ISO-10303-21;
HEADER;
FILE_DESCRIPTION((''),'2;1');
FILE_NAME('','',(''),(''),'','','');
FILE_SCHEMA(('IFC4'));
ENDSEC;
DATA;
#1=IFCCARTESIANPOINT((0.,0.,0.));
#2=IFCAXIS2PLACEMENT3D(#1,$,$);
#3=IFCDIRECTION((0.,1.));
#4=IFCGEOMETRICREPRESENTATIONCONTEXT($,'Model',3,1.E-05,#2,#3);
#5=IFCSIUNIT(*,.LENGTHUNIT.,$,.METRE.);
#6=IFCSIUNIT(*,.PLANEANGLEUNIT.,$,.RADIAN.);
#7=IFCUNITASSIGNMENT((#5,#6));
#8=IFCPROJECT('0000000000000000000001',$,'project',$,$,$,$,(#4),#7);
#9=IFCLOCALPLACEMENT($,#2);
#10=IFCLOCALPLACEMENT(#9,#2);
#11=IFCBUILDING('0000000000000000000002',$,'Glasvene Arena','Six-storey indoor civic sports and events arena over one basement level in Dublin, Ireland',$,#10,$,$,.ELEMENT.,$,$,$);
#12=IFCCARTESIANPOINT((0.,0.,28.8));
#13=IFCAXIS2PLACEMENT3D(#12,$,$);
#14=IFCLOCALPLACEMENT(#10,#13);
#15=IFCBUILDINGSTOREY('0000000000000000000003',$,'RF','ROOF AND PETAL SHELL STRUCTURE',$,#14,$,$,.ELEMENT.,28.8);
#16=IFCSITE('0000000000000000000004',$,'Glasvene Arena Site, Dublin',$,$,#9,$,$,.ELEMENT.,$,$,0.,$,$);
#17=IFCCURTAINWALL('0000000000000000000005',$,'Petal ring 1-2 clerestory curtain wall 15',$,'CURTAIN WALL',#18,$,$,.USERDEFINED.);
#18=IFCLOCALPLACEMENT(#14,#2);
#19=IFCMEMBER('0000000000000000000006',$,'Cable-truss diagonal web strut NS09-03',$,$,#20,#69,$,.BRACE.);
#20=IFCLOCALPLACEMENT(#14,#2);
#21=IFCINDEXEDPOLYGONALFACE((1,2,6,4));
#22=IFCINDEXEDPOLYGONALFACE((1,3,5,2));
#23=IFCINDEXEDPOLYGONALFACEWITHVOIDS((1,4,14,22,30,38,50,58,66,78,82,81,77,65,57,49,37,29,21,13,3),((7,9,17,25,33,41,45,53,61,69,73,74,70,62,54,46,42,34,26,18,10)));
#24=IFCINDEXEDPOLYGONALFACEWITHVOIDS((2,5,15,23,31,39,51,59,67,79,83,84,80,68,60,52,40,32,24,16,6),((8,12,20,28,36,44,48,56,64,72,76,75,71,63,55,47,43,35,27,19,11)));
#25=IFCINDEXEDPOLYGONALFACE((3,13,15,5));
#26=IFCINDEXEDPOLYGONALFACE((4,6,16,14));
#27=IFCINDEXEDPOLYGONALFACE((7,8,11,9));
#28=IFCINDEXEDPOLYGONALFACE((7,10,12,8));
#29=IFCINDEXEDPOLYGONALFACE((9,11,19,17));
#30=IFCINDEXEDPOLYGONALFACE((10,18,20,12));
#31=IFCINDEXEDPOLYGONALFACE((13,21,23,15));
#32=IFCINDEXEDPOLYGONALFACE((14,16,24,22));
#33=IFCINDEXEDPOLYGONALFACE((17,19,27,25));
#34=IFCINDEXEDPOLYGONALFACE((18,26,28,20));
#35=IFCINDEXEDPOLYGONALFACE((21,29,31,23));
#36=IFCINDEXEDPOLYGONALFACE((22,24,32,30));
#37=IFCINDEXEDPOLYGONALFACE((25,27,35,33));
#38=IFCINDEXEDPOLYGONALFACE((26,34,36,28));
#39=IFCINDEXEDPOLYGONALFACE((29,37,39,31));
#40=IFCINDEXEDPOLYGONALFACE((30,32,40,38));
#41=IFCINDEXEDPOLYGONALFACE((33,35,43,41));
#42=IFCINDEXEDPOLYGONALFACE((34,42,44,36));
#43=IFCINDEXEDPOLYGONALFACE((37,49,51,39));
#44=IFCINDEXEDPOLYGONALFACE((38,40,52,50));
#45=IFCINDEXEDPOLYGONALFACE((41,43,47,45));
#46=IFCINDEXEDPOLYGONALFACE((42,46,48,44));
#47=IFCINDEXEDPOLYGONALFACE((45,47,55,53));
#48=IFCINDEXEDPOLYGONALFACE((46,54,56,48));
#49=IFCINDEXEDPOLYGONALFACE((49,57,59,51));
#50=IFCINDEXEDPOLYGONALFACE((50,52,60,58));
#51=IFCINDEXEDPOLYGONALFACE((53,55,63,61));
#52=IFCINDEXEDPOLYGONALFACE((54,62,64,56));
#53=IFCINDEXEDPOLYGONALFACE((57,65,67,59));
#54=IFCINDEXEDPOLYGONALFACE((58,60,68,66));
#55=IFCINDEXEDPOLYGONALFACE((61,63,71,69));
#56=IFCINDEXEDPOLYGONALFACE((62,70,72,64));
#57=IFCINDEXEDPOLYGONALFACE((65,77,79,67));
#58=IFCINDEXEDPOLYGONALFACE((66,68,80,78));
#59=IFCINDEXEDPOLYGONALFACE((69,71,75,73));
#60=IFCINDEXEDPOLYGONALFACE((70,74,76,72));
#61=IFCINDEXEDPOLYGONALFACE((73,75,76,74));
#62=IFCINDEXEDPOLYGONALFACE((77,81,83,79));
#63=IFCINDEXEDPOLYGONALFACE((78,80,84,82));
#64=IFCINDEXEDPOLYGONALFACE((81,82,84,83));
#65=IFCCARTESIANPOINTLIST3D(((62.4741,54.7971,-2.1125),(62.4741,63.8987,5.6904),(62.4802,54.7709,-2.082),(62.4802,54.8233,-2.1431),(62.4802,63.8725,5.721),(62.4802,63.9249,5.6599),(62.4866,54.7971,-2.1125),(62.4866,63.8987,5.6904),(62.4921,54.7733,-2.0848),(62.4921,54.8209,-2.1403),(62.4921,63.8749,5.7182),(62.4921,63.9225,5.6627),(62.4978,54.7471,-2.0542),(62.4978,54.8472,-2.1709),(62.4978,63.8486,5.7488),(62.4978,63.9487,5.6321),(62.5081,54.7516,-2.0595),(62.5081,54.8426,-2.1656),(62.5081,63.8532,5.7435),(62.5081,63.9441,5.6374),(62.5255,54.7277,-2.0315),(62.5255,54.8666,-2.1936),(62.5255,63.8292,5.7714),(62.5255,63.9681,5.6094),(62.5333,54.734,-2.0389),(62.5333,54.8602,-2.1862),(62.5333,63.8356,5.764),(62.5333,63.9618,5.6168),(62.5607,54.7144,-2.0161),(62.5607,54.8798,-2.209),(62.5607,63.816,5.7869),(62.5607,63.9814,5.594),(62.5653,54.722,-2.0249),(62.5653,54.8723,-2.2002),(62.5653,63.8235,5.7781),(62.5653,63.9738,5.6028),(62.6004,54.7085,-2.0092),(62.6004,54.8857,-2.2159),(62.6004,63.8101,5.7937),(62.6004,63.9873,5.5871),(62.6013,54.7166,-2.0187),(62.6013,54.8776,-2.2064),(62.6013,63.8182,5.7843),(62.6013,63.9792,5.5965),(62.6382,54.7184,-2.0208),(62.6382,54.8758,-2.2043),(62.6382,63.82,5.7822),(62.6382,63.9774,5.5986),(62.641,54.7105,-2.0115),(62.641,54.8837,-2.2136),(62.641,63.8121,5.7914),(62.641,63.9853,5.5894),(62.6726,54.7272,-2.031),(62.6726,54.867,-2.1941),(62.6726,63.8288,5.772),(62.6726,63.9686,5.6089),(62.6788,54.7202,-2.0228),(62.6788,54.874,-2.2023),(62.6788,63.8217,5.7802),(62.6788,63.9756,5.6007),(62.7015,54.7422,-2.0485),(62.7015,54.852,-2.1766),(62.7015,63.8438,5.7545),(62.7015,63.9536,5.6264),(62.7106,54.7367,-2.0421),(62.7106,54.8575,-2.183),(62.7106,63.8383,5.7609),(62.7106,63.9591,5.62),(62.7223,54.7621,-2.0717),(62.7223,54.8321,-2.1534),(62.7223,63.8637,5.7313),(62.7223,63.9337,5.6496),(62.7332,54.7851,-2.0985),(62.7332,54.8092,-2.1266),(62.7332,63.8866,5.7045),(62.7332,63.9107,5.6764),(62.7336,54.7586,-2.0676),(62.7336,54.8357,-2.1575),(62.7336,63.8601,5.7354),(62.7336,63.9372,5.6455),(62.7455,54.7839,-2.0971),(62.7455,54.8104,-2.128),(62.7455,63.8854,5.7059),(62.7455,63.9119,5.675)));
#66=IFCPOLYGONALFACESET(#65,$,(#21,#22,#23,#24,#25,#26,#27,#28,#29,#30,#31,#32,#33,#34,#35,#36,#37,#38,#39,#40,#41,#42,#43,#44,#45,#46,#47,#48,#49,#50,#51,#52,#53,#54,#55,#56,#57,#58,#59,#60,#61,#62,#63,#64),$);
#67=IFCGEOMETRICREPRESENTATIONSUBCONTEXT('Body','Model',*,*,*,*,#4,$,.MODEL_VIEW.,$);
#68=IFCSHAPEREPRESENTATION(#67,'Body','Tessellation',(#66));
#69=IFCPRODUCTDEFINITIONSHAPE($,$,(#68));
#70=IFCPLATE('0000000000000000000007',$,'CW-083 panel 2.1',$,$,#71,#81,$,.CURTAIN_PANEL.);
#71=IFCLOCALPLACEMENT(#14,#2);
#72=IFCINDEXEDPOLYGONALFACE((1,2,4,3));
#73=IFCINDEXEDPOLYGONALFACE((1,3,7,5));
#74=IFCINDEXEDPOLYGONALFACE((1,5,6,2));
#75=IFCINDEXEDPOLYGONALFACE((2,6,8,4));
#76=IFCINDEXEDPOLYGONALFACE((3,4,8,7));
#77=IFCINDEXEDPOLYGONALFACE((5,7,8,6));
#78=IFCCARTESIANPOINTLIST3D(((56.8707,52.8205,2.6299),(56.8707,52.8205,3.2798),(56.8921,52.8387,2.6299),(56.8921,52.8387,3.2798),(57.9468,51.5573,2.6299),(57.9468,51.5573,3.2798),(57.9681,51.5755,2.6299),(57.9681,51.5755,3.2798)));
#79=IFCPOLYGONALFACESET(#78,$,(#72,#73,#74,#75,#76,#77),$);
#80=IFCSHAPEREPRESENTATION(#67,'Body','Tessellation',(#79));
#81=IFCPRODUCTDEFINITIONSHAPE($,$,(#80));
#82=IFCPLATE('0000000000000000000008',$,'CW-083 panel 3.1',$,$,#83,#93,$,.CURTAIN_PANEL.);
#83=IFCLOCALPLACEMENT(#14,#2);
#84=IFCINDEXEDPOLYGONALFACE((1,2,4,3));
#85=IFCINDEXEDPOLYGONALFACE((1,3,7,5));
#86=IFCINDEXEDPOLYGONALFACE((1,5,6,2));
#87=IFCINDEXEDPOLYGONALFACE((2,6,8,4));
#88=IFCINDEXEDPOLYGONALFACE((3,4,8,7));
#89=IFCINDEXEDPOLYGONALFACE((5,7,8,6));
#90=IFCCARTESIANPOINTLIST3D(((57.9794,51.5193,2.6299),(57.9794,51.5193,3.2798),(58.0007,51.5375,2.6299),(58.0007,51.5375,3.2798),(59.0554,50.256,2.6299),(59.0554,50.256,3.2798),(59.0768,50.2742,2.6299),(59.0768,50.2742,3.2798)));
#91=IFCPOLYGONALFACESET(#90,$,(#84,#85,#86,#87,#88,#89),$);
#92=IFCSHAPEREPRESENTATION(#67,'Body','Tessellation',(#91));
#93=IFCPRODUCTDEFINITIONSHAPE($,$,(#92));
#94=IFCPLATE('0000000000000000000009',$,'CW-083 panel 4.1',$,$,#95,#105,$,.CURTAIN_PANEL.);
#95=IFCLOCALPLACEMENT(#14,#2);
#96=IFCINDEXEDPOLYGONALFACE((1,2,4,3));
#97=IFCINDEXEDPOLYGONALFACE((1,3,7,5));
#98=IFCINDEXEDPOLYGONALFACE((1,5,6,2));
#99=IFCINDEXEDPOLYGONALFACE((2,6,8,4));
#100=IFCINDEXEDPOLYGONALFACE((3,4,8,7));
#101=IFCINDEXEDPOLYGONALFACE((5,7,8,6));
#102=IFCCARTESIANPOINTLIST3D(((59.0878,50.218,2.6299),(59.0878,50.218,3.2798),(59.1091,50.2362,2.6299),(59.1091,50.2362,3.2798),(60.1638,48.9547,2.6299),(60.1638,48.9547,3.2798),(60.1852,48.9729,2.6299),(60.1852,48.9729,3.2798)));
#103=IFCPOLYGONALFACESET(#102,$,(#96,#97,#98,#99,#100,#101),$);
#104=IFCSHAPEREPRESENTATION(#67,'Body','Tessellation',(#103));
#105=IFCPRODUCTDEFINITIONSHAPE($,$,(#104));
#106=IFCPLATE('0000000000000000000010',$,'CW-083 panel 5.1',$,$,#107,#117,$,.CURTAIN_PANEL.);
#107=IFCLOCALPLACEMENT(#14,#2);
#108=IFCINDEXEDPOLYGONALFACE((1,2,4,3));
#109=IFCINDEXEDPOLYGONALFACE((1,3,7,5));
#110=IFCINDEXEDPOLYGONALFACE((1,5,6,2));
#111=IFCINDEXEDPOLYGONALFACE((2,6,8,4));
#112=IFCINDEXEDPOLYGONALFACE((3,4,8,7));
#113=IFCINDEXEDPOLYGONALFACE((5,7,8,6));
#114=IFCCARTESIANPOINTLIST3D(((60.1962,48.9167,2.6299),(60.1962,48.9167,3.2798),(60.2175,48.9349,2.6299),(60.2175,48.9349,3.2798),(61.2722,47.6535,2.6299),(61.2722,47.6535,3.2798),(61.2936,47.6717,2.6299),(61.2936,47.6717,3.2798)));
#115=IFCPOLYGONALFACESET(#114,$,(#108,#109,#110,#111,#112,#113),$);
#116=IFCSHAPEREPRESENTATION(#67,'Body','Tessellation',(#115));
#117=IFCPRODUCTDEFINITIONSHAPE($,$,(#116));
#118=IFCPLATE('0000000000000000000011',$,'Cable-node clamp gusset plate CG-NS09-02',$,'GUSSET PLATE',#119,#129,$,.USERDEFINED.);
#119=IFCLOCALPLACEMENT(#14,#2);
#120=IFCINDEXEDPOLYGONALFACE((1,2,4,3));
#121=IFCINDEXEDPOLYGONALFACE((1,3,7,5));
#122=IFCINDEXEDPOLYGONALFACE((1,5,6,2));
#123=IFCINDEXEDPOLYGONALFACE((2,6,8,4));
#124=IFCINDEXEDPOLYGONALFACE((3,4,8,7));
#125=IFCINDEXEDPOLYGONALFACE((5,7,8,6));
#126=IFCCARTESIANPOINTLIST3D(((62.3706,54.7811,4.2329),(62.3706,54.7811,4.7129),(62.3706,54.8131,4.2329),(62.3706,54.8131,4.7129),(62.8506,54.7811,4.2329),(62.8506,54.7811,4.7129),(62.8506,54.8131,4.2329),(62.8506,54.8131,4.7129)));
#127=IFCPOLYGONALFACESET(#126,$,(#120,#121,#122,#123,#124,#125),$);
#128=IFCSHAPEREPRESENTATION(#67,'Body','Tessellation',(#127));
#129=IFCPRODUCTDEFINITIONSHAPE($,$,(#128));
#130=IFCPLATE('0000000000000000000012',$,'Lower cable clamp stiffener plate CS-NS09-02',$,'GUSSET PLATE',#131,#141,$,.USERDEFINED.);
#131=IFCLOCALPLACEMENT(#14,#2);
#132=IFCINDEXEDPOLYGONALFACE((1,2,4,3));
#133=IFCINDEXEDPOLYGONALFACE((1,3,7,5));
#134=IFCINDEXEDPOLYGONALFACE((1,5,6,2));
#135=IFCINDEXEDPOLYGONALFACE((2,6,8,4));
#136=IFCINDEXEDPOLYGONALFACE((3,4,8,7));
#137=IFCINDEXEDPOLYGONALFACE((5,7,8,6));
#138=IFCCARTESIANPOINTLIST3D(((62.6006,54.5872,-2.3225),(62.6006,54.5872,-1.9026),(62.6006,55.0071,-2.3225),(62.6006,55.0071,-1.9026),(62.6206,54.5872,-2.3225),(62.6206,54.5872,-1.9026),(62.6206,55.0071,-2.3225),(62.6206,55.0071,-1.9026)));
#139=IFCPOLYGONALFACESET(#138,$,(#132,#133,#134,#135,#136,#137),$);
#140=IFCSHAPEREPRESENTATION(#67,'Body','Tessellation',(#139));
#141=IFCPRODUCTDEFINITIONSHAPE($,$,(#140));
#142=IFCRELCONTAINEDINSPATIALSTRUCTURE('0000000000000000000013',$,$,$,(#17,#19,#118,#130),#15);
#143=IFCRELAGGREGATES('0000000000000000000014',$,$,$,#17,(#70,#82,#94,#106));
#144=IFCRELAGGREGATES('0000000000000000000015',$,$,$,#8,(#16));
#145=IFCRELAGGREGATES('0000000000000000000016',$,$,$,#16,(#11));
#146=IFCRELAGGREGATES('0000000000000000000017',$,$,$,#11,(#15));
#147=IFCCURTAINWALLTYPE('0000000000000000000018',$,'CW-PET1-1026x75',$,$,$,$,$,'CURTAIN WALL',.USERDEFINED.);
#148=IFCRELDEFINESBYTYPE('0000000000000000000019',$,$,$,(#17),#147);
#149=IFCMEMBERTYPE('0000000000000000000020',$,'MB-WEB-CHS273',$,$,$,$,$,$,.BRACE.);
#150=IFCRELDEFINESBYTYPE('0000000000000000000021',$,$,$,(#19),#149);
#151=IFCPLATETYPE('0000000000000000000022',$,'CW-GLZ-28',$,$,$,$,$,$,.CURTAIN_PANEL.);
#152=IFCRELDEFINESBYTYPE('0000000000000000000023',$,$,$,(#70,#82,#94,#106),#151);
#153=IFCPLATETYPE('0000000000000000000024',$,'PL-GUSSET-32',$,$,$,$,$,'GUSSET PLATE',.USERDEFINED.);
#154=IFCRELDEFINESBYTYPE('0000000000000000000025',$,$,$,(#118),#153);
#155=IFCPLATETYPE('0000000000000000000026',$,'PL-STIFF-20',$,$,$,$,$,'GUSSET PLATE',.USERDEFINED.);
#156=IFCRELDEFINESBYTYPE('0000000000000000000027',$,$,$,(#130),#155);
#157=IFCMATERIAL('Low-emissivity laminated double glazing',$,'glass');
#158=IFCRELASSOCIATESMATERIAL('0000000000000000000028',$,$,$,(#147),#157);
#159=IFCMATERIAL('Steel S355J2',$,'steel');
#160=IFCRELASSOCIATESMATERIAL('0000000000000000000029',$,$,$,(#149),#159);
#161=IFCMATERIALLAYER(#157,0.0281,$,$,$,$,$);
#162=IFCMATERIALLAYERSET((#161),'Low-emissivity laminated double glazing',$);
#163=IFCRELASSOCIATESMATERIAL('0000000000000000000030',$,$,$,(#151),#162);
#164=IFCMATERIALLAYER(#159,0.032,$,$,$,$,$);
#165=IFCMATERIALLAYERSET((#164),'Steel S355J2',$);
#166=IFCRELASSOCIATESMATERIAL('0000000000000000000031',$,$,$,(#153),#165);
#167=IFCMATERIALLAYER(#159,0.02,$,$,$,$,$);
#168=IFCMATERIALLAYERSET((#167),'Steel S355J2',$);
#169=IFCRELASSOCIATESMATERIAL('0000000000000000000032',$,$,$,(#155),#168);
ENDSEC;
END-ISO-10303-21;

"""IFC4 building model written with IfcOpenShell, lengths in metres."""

from ifc_helpers import new_model, si_unit, direction, frame, origin, origin_2d, place, context, subcontext, project, spatial, rectangle, hollow_circle, extrude, material, layer, layer_set, material_profile, profile_set, type_object, element, aggregate, save


model = new_model("IFC4")

# Units and contexts
model_context = context("Model", 3, precision=1e-05, world=origin(), true_north=direction((0.0, 1.0)))
body_context = subcontext(model_context, "Body", "Model", "MODEL_VIEW")
ifc_project = project(units=[si_unit("LENGTHUNIT", "METRE"), si_unit("PLANEANGLEUNIT", "RADIAN")], contexts=[model_context])

# Site, building, storey
site_placement = place(None, origin())
site = spatial("IfcSite", under=ifc_project, at=site_placement, Name="Glasvene Arena Site, Dublin", CompositionType="ELEMENT", RefElevation=0.0)
building_placement = place(site_placement, origin())
building = spatial("IfcBuilding", under=site, at=building_placement, Name="Glasvene Arena", Description="Six-storey indoor civic sports and events arena over one basement level in Dublin, Ireland", CompositionType="ELEMENT")
storey_placement = place(building_placement, frame((0.0, 0.0, 28.8)))
storey = spatial("IfcBuildingStorey", under=building, at=storey_placement, Name="RF", Description="ROOF AND PETAL SHELL STRUCTURE", CompositionType="ELEMENT", Elevation=28.8)

# Curtain wall
ifc_material_1 = material(Name="Low-emissivity laminated double glazing", Category="glass")
curtain_wall_type_1 = type_object("IfcCurtainWallType", Name="CW-PET1-1026x75", ElementType="CURTAIN WALL", PredefinedType="USERDEFINED", material=ifc_material_1)
curtain_wall_1_placement = place(storey_placement, frame((55.7568, 54.1499, 0.0)))
curtain_wall_1 = element("IfcCurtainWall", 1, at=curtain_wall_1_placement, inside=storey, type_object=curtain_wall_type_1, Name="Petal ring 1-2 clerestory curtain wall 15", ObjectType="CURTAIN WALL", PredefinedType="USERDEFINED")

# Member
ifc_material_2 = material(Name="Steel S355J2", Category="steel")
ifc_material_profile_1 = material_profile(ifc_material_2, hollow_circle(Radius=0.1365, WallThickness=0.0125, at=origin_2d()), Name="CHS 273.0x12.5")
ifc_profile_set_1 = profile_set([ifc_material_profile_1], Name="Steel S355J2")
member_type_1 = type_object("IfcMemberType", Name="MB-WEB-CHS273", PredefinedType="BRACE", material=ifc_profile_set_1)
member_1_placement = place(storey_placement, frame((62.6106, 54.7971, -2.1125), z_axis=(0.0, 0.759189, 0.65087), x_axis=(-1.0, 0.0, 0.0)))
element("IfcMember", 2, at=member_1_placement, inside=storey, type_object=member_type_1, Name="Cable-truss diagonal web strut NS09-03", PredefinedType="BRACE", context=body_context, shape_type="SweptSolid", body=[
    extrude(hollow_circle(Radius=0.1365, WallThickness=0.0125, at=origin_2d()), origin(), (0.0, 0.0, 1.0), 11.9885),
])

# Plates
ifc_layer_1 = layer(ifc_material_1, 0.0281)
ifc_layer_set_1 = layer_set([ifc_layer_1], Name="Low-emissivity laminated double glazing")
plate_type_1 = type_object("IfcPlateType", Name="CW-GLZ-28", PredefinedType="CURTAIN_PANEL", material=ifc_layer_set_1)
plate_1_placement = place(storey_placement, frame((57.4194, 52.198, 2.6299), z_axis=(0.0, 0.0, 1.0), x_axis=(0.648445, -0.761261, 0.0)))
plate_1 = element("IfcPlate", 3, at=plate_1_placement, type_object=plate_type_1, Name="CW-083 panel 2.1", PredefinedType="CURTAIN_PANEL", context=body_context, shape_type="SweptSolid", body=[
    extrude(rectangle(XDim=1.6594, YDim=0.0281, at=origin_2d()), origin(), (0.0, 0.0, 1.0), 0.6499),
])
plate_2_placement = place(storey_placement, frame((58.5281, 50.8967, 2.6299), z_axis=(0.0, 0.0, 1.0), x_axis=(0.648445, -0.761261, 0.0)))
plate_2 = element("IfcPlate", 4, at=plate_2_placement, type_object=plate_type_1, Name="CW-083 panel 3.1", PredefinedType="CURTAIN_PANEL", context=body_context, shape_type="SweptSolid", body=[
    extrude(rectangle(XDim=1.6594, YDim=0.0281, at=origin_2d()), origin(), (0.0, 0.0, 1.0), 0.6499),
])
plate_3_placement = place(storey_placement, frame((59.6365, 49.5955, 2.6299), z_axis=(0.0, 0.0, 1.0), x_axis=(0.648445, -0.761261, 0.0)))
plate_3 = element("IfcPlate", 5, at=plate_3_placement, type_object=plate_type_1, Name="CW-083 panel 4.1", PredefinedType="CURTAIN_PANEL", context=body_context, shape_type="SweptSolid", body=[
    extrude(rectangle(XDim=1.6594, YDim=0.0281, at=origin_2d()), origin(), (0.0, 0.0, 1.0), 0.6499),
])
plate_4_placement = place(storey_placement, frame((60.7449, 48.2942, 2.6299), z_axis=(0.0, 0.0, 1.0), x_axis=(0.648445, -0.761261, 0.0)))
plate_4 = element("IfcPlate", 6, at=plate_4_placement, type_object=plate_type_1, Name="CW-083 panel 5.1", PredefinedType="CURTAIN_PANEL", context=body_context, shape_type="SweptSolid", body=[
    extrude(rectangle(XDim=1.6594, YDim=0.0281, at=origin_2d()), origin(), (0.0, 0.0, 1.0), 0.6499),
])
aggregate(curtain_wall_1, [plate_1, plate_2, plate_3, plate_4])

# Plates
ifc_layer_2 = layer(ifc_material_2, 0.032)
ifc_layer_set_2 = layer_set([ifc_layer_2], Name="Steel S355J2")
plate_type_2 = type_object("IfcPlateType", Name="PL-GUSSET-32", ElementType="GUSSET PLATE", PredefinedType="USERDEFINED", material=ifc_layer_set_2)
plate_5_placement = place(storey_placement, frame((62.6106, 54.7971, 4.2329), z_axis=(0.0, 0.0, 1.0), x_axis=(1.0, 0.0, 0.0)))
element("IfcPlate", 7, at=plate_5_placement, inside=storey, type_object=plate_type_2, Name="Cable-node clamp gusset plate CG-NS09-02", ObjectType="GUSSET PLATE", PredefinedType="USERDEFINED", context=body_context, shape_type="SweptSolid", body=[
    extrude(rectangle(XDim=0.48, YDim=0.032, at=origin_2d()), origin(), (0.0, 0.0, 1.0), 0.48),
])
ifc_layer_3 = layer(ifc_material_2, 0.02)
ifc_layer_set_3 = layer_set([ifc_layer_3], Name="Steel S355J2")
plate_type_3 = type_object("IfcPlateType", Name="PL-STIFF-20", ElementType="GUSSET PLATE", PredefinedType="USERDEFINED", material=ifc_layer_set_3)
plate_6_placement = place(storey_placement, frame((62.6106, 54.7971, -2.3225), z_axis=(0.0, 0.0, 1.0), x_axis=(1.0, 0.0, 0.0)))
element("IfcPlate", 8, at=plate_6_placement, inside=storey, type_object=plate_type_3, Name="Lower cable clamp stiffener plate CS-NS09-02", ObjectType="GUSSET PLATE", PredefinedType="USERDEFINED", context=body_context, shape_type="SweptSolid", body=[
    extrude(rectangle(XDim=0.02, YDim=0.4199, at=origin_2d()), origin(), (0.0, 0.0, 1.0), 0.4199),
])

save(model, "model.ifc")
